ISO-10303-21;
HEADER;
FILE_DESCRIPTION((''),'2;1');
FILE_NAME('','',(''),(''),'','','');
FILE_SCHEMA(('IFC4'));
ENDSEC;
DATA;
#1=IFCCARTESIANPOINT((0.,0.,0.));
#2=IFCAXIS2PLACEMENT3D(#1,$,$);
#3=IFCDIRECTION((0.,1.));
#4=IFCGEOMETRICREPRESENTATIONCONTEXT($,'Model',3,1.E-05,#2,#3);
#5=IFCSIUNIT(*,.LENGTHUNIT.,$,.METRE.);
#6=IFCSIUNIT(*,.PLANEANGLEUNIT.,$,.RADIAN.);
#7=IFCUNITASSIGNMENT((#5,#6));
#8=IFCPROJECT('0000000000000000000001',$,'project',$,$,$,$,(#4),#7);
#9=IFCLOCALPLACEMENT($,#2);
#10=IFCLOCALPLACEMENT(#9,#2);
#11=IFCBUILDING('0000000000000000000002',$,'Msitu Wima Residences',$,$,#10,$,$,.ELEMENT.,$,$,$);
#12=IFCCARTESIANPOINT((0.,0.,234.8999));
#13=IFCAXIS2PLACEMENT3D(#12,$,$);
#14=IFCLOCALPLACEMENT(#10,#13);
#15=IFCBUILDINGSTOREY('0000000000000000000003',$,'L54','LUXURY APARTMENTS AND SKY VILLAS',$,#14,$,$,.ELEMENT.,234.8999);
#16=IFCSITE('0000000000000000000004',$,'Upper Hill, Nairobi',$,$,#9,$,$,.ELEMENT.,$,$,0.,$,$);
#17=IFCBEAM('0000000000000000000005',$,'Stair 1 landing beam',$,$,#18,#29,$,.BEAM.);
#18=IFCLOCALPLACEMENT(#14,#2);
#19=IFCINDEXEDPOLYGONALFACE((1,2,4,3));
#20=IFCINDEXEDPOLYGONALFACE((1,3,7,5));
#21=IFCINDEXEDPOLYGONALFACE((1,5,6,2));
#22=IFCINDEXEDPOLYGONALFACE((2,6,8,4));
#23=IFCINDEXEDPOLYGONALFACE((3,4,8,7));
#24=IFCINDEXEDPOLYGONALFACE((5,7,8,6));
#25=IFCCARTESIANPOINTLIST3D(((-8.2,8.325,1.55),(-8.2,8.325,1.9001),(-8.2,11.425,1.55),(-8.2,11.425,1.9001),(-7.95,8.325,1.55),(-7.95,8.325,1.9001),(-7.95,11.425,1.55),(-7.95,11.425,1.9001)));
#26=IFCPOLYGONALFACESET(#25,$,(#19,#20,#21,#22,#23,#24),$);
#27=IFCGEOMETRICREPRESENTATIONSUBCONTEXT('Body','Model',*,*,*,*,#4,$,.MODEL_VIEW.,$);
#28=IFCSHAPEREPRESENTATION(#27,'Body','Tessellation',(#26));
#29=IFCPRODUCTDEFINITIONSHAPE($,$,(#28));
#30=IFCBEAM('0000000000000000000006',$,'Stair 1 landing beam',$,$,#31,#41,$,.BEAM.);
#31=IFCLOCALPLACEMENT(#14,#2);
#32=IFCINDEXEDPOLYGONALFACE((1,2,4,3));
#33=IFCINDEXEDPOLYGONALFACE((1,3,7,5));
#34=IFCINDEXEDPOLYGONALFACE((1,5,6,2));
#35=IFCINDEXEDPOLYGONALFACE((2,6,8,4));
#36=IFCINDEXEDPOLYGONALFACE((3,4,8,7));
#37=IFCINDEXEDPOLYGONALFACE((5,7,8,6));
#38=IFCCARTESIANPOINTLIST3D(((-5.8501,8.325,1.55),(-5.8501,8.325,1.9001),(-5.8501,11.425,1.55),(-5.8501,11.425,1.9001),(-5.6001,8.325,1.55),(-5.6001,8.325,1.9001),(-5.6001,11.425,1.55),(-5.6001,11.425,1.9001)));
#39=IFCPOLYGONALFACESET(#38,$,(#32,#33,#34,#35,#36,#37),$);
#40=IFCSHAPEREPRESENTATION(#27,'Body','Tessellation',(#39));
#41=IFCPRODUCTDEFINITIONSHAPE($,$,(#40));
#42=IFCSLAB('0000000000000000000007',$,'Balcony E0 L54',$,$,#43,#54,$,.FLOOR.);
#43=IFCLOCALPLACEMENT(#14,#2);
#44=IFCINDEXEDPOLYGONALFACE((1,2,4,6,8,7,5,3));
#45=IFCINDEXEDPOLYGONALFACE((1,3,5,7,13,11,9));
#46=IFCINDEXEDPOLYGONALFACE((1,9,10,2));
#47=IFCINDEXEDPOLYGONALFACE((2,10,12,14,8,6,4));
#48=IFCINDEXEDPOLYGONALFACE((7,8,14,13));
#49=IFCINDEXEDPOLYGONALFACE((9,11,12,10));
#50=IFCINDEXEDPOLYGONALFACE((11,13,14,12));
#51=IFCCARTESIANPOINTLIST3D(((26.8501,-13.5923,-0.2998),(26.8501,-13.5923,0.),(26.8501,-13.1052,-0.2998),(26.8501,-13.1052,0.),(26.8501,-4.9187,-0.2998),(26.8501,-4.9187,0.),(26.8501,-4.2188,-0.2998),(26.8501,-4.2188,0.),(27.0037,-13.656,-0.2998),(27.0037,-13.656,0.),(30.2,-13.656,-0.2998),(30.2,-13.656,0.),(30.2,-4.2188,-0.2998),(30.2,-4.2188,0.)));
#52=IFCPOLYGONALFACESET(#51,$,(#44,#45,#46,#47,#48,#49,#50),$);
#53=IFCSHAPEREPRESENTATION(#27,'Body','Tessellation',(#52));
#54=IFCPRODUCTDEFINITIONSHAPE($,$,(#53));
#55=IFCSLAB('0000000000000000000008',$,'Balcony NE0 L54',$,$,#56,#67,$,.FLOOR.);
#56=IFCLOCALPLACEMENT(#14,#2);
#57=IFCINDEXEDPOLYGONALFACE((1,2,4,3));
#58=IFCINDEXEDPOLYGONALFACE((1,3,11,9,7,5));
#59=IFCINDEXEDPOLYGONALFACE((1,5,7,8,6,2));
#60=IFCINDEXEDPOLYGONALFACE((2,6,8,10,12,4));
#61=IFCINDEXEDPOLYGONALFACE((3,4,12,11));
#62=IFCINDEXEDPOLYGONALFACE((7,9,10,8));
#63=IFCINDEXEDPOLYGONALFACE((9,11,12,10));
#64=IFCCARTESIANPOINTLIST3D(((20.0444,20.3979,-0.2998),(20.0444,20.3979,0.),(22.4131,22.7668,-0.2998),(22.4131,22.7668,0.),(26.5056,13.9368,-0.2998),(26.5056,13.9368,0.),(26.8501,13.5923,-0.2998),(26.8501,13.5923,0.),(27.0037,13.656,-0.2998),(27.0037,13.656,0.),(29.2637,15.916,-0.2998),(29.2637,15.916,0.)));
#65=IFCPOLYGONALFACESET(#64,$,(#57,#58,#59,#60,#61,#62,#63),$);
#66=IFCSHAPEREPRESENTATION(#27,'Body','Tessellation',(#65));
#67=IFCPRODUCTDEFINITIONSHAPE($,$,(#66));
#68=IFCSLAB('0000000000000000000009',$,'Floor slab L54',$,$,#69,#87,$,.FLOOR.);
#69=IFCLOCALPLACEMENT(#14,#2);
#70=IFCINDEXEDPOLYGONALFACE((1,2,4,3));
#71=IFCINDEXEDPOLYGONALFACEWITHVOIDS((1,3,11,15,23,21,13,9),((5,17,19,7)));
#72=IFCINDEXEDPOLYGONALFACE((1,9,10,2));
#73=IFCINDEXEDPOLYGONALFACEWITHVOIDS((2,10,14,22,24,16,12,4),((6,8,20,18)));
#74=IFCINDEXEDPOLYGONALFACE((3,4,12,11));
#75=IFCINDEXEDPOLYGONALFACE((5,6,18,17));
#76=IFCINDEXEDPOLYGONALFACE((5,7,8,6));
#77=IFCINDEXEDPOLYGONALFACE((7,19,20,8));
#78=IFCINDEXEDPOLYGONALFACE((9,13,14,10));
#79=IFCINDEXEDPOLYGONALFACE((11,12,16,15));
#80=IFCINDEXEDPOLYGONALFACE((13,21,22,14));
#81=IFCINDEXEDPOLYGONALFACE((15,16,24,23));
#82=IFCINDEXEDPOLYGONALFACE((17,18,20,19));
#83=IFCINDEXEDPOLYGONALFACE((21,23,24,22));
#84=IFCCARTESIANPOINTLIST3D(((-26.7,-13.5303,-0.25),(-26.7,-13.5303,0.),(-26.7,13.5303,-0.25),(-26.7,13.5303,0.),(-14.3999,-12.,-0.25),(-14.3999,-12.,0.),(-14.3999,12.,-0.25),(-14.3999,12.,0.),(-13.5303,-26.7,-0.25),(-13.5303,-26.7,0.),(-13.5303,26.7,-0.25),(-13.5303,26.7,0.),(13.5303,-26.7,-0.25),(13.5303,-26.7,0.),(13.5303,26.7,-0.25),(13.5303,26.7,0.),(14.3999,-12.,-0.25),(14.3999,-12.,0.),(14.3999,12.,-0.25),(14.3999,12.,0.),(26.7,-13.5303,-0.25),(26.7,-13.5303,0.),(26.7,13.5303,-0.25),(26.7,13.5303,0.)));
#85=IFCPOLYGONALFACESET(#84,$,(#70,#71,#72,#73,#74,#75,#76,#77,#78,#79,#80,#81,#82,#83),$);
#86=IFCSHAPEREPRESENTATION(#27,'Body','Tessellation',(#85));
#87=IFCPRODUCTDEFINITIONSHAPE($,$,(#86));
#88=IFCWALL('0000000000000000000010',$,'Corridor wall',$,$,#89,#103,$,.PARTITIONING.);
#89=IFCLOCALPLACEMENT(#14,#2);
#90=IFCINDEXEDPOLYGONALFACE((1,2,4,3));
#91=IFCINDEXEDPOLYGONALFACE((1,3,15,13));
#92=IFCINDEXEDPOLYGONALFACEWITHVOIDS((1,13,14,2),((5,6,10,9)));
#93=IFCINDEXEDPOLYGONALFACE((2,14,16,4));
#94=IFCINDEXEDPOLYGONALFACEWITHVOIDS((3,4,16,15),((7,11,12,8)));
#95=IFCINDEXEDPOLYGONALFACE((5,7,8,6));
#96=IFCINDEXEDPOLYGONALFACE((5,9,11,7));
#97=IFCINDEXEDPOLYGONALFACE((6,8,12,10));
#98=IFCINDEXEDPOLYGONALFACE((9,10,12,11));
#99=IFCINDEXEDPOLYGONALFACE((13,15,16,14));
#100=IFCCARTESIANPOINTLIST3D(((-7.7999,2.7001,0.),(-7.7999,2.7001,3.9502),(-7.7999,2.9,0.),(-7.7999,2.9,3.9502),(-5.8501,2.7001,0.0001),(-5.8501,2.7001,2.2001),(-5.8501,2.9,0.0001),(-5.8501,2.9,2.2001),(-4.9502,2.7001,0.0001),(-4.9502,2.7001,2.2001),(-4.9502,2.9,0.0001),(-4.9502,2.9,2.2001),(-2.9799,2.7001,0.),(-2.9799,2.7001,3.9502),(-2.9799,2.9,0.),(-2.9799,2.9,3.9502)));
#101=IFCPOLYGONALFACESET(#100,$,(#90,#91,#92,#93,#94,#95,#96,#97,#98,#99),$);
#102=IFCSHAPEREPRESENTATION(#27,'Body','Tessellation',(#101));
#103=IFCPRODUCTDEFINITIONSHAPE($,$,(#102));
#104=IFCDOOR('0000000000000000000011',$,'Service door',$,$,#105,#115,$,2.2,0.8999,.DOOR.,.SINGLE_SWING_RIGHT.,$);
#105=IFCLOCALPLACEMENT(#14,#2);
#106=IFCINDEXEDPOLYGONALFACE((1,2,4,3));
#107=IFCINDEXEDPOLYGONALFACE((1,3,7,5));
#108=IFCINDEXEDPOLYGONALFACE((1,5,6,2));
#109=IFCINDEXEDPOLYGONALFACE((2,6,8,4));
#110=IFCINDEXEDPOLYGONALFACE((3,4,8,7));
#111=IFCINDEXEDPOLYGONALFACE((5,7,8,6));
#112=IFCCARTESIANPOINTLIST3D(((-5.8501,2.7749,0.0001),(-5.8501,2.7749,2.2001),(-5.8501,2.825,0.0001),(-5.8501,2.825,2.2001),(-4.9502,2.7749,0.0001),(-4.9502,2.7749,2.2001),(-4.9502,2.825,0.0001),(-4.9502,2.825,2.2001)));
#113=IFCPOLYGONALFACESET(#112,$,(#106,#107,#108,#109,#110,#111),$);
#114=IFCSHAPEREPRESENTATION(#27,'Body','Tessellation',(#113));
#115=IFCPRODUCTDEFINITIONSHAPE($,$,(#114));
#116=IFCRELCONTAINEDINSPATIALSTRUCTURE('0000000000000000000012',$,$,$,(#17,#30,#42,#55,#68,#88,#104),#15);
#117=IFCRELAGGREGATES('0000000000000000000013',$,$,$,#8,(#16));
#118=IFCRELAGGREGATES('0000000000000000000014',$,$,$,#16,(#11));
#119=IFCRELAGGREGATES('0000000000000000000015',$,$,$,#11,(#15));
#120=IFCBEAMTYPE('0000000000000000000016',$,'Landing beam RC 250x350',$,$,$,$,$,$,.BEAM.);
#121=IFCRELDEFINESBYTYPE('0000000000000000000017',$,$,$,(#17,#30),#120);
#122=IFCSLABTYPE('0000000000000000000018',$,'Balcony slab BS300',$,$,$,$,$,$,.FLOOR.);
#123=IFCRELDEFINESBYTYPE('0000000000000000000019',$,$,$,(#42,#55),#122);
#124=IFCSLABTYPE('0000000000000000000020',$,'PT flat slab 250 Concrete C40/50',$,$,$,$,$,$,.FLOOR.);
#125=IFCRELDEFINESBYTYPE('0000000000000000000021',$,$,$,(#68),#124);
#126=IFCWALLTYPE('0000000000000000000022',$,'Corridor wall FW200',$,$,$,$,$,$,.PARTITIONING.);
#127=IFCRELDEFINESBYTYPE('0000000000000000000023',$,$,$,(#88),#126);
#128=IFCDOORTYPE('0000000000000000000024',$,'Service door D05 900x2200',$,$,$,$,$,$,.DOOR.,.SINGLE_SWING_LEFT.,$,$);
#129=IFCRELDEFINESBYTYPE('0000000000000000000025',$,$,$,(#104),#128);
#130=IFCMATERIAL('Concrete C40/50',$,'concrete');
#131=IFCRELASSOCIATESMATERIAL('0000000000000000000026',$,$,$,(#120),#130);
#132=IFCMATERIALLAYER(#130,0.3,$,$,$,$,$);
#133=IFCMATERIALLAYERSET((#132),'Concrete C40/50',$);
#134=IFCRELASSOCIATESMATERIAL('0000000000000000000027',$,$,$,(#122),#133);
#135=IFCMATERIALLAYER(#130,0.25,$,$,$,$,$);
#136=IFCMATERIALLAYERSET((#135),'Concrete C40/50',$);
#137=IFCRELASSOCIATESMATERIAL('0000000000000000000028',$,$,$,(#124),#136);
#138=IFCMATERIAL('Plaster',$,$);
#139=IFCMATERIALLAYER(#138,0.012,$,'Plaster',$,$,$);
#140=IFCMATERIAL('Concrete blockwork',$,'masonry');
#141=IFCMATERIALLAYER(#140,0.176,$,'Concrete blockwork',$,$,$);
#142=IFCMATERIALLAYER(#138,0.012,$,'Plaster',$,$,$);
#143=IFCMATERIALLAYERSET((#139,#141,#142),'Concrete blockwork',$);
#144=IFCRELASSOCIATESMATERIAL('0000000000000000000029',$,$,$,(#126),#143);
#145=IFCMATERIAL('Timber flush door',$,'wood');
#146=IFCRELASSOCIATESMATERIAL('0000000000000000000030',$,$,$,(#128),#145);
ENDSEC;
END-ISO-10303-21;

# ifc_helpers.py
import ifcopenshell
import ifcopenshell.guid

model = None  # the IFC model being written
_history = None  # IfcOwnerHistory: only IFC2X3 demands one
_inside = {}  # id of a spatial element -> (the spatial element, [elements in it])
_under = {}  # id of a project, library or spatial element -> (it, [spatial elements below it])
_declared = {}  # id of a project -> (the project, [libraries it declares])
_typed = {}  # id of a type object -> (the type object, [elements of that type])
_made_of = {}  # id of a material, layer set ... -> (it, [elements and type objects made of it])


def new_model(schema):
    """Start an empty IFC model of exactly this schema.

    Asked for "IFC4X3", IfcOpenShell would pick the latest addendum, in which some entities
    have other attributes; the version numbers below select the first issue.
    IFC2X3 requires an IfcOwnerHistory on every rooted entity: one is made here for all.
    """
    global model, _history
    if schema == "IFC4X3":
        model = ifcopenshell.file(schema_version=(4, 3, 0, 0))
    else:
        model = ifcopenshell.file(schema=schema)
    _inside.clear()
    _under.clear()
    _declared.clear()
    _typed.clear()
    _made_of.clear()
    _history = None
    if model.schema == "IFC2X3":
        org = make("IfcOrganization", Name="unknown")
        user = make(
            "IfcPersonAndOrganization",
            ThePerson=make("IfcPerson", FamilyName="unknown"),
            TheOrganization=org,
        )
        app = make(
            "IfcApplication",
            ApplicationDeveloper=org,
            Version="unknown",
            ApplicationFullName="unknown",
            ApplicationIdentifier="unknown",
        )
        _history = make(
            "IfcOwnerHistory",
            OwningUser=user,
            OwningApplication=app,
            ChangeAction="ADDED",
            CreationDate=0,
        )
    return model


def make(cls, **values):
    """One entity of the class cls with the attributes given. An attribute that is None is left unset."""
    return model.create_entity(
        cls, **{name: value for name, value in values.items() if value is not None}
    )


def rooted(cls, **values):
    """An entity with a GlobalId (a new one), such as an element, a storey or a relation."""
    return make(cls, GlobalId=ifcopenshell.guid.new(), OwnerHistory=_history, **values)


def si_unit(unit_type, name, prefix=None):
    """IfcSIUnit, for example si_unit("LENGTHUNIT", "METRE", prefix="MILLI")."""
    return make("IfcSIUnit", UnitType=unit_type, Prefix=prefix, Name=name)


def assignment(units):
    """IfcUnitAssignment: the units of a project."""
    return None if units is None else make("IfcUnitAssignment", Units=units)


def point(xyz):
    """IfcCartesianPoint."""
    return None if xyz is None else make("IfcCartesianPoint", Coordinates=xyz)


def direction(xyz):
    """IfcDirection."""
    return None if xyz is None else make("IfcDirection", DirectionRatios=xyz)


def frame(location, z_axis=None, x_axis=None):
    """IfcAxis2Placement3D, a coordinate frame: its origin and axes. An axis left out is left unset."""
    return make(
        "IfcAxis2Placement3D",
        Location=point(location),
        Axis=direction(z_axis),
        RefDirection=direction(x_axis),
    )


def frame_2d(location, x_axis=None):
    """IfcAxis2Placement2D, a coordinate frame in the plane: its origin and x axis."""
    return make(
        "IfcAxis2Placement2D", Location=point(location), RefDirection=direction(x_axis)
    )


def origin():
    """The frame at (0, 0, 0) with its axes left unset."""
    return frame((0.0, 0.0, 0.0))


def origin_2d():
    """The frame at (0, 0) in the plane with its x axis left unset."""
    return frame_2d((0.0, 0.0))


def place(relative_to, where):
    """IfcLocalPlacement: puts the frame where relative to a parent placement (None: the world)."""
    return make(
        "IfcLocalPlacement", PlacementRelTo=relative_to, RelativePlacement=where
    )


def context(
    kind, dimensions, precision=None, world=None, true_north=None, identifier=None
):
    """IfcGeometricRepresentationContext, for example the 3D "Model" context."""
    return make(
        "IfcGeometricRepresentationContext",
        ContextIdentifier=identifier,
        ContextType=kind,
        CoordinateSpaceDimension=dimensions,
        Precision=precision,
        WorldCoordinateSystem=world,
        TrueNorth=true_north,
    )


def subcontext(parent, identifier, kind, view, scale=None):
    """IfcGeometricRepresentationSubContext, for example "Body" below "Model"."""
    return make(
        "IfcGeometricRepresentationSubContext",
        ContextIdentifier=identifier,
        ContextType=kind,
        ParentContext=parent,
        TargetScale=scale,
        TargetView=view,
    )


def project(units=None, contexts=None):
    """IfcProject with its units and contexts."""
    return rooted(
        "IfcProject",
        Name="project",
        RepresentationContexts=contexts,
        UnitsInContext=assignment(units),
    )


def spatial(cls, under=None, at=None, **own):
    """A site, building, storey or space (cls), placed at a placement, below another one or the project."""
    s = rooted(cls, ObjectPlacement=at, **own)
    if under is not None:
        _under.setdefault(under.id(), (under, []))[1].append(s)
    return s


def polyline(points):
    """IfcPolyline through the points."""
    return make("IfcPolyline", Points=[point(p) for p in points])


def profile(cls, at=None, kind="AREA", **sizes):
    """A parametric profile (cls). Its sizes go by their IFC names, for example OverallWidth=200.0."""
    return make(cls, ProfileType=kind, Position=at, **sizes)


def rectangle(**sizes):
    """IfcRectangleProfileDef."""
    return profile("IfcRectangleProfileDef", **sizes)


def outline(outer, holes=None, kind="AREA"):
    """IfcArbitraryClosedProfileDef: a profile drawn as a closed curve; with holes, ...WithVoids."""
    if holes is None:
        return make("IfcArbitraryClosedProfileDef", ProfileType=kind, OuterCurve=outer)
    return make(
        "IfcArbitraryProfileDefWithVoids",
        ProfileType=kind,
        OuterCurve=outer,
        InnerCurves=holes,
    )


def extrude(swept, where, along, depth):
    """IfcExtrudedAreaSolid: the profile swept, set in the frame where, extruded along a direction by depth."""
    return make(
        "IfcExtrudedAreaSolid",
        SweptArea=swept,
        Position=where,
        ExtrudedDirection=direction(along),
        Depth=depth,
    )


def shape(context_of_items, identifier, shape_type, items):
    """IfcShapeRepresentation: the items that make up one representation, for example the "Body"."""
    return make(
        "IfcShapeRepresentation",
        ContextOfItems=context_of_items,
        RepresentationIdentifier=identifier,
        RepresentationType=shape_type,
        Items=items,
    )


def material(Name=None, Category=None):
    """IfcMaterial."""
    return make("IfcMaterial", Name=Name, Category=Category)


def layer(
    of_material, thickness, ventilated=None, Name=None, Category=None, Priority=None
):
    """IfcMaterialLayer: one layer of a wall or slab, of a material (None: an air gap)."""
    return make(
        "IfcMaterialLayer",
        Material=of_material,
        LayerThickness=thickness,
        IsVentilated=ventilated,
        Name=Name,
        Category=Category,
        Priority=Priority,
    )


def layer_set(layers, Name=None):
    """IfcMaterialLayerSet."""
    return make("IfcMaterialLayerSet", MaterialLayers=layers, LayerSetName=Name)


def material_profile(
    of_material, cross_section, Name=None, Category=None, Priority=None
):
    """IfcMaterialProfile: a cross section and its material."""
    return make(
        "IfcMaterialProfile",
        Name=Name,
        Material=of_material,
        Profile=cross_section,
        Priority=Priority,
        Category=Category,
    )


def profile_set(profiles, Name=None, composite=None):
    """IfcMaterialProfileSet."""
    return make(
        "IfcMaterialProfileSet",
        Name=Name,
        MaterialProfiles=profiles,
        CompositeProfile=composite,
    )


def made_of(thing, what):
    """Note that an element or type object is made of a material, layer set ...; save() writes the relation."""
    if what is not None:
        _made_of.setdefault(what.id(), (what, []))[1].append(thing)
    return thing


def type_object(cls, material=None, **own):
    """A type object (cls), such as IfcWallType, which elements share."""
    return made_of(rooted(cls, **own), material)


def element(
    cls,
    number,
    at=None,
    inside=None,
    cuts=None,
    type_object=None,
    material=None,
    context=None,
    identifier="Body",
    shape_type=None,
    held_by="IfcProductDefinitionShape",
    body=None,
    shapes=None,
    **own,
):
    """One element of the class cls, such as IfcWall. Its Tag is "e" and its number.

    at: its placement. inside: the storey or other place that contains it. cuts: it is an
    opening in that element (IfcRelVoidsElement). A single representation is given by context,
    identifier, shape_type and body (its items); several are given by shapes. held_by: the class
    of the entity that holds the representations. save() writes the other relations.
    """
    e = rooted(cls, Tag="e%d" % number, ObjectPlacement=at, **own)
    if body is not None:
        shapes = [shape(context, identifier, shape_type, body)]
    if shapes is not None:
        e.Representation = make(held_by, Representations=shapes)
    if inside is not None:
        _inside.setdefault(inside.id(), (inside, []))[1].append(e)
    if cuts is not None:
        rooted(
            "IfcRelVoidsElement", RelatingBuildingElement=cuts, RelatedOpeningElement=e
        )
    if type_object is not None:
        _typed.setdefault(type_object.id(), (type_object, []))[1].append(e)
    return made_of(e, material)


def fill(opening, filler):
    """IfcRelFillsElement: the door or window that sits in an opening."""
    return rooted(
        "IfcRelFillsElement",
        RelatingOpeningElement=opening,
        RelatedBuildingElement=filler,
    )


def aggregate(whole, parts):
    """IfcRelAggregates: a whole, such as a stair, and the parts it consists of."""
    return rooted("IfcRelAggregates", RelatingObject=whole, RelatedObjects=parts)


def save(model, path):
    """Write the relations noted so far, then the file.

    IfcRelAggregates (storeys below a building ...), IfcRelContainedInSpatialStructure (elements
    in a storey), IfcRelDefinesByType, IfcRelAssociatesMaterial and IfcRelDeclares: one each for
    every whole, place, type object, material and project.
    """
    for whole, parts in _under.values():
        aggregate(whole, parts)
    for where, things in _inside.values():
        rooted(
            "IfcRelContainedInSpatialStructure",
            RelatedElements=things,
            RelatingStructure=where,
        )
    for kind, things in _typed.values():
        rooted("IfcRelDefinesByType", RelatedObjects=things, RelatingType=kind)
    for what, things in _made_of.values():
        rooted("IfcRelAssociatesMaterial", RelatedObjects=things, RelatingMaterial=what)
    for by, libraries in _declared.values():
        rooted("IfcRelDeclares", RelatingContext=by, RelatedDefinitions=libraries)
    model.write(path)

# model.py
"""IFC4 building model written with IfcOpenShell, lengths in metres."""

from ifc_helpers import new_model, si_unit, direction, frame, frame_2d, origin, origin_2d, place, context, subcontext, project, spatial, polyline, rectangle, outline, extrude, material, layer, layer_set, material_profile, profile_set, type_object, element, fill, save


model = new_model("IFC4")

# Units and contexts
model_context = context("Model", 3, precision=1e-05, world=origin(), true_north=direction((0.0, 1.0)))
body_context = subcontext(model_context, "Body", "Model", "MODEL_VIEW")
ifc_project = project(units=[si_unit("LENGTHUNIT", "METRE"), si_unit("PLANEANGLEUNIT", "RADIAN")], contexts=[model_context])

# Site, building, storey
site_placement = place(None, origin())
site = spatial("IfcSite", under=ifc_project, at=site_placement, Name="Upper Hill, Nairobi", CompositionType="ELEMENT", RefElevation=0.0)
building_placement = place(site_placement, origin())
building = spatial("IfcBuilding", under=site, at=building_placement, Name="Msitu Wima Residences", CompositionType="ELEMENT")
storey_placement = place(building_placement, frame((0.0, 0.0, 234.8999)))
storey = spatial("IfcBuildingStorey", under=building, at=storey_placement, Name="L54", Description="LUXURY APARTMENTS AND SKY VILLAS", CompositionType="ELEMENT", Elevation=234.8999)

# Beams
ifc_material_1 = material(Name="Concrete C40/50", Category="concrete")
ifc_material_profile = material_profile(ifc_material_1, rectangle(XDim=0.25, YDim=0.3501, at=origin_2d()), Name="RC 250x350")
ifc_profile_set = profile_set([ifc_material_profile], Name="Concrete C40/50")
beam_type = type_object("IfcBeamType", Name="Landing beam RC 250x350", PredefinedType="BEAM", material=ifc_profile_set)
for number, where, z_axis, x_axis, name in (
    (1, (-8.075, 8.325, 1.7251), (0.0, 1.0, 0.0), (-1.0, 0.0, 0.0), "Stair 1 landing beam"),
    (2, (-5.7251, 8.325, 1.7251), (0.0, 1.0, 0.0), (-1.0, 0.0, 0.0), "Stair 1 landing beam"),
):
    element("IfcBeam", number, at=place(storey_placement, frame(where, z_axis=z_axis, x_axis=x_axis)), inside=storey, type_object=beam_type, Name=name, PredefinedType="BEAM", context=body_context, shape_type="SweptSolid", body=[
        extrude(rectangle(XDim=0.25, YDim=0.3501, at=origin_2d()), origin(), (0.0, 0.0, 1.0), 3.1001),
    ])

# Slabs
ifc_layer_1 = layer(ifc_material_1, 0.3)
ifc_layer_set_1 = layer_set([ifc_layer_1], Name="Concrete C40/50")
slab_type_1 = type_object("IfcSlabType", Name="Balcony slab BS300", PredefinedType="FLOOR", material=ifc_layer_set_1)
slab_1_placement = place(storey_placement, frame((0.0, 0.0, -0.2998)))
element("IfcSlab", 3, at=slab_1_placement, inside=storey, type_object=slab_type_1, Name="Balcony E0 L54", PredefinedType="FLOOR", context=body_context, shape_type="SweptSolid", body=[
    extrude(outline(polyline([(26.8501, -13.1052), (26.8501, -13.1052), (26.8501, -4.9187), (26.8501, -4.2188), (30.2, -4.2188), (30.2, -13.656), (27.0037, -13.656), (26.8501, -13.5923), (26.8501, -13.1052), (26.8501, -13.1052)])), origin(), (0.0, 0.0, 1.0), 0.2998),
])
slab_2_placement = place(storey_placement, frame((0.0, 0.0, -0.2998)))
element("IfcSlab", 4, at=slab_2_placement, inside=storey, type_object=slab_type_1, Name="Balcony NE0 L54", PredefinedType="FLOOR", context=body_context, shape_type="SweptSolid", body=[
    extrude(outline(polyline([(26.5056, 13.9368), (26.5056, 13.9368), (20.0444, 20.3979), (22.4131, 22.7668), (29.2637, 15.916), (27.0037, 13.656), (26.8501, 13.5923), (26.5056, 13.9368), (26.5056, 13.9368)])), origin(), (0.0, 0.0, 1.0), 0.2998),
])
ifc_layer_2 = layer(ifc_material_1, 0.25)
ifc_layer_set_2 = layer_set([ifc_layer_2], Name="Concrete C40/50")
slab_type_2 = type_object("IfcSlabType", Name="PT flat slab 250 Concrete C40/50", PredefinedType="FLOOR", material=ifc_layer_set_2)
slab_3_placement = place(storey_placement, frame((0.0, 0.0, -0.25)))
element("IfcSlab", 5, at=slab_3_placement, inside=storey, type_object=slab_type_2, Name="Floor slab L54", PredefinedType="FLOOR", context=body_context, shape_type="SweptSolid", body=[
    extrude(outline(polyline([(26.7, -13.5303), (13.5303, -26.7), (-13.5303, -26.7), (-26.7, -13.5303), (-26.7, 13.5303), (-13.5303, 26.7), (13.5303, 26.7), (26.7, 13.5303), (26.7, -13.5303)]), holes=[polyline([(-14.3999, -12.0), (14.3999, -12.0), (14.3999, 12.0), (-14.3999, 12.0), (-14.3999, -12.0)])]), origin(), (0.0, 0.0, 1.0), 0.25),
])

# Wall, opening, door
ifc_material_2 = material(Name="Plaster")
ifc_layer_3 = layer(ifc_material_2, 0.012, Name="Plaster")
ifc_material_3 = material(Name="Concrete blockwork", Category="masonry")
ifc_layer_4 = layer(ifc_material_3, 0.176, Name="Concrete blockwork")
ifc_layer_5 = layer(ifc_material_2, 0.012, Name="Plaster")
ifc_layer_set_3 = layer_set([ifc_layer_3, ifc_layer_4, ifc_layer_5], Name="Concrete blockwork")
wall_type_1 = type_object("IfcWallType", Name="Corridor wall FW200", PredefinedType="PARTITIONING", material=ifc_layer_set_3)
wall_1_placement = place(storey_placement, frame((-7.8, 2.8, 0.0), z_axis=(0.0, 0.0, 1.0), x_axis=(1.0, 0.0, 0.0)))
wall_1 = element("IfcWall", 6, at=wall_1_placement, inside=storey, type_object=wall_type_1, Name="Corridor wall", PredefinedType="PARTITIONING", context=body_context, shape_type="SweptSolid", body=[
    extrude(rectangle(XDim=4.8201, YDim=0.2, at=frame_2d((2.4102, 0.0))), origin(), (0.0, 0.0, 1.0), 3.9502),
])
opening_1_placement = place(wall_1_placement, frame((1.95, 0.0, 0.0)))
opening_1 = element("IfcOpeningElement", 7, at=opening_1_placement, cuts=wall_1, PredefinedType="OPENING", context=body_context, shape_type="SweptSolid", body=[
    extrude(rectangle(XDim=0.8999, YDim=2.2, at=frame_2d((0.45, 1.1001))), frame((0.0, 0.1099, 0.0), z_axis=(0.0, -1.0, 0.0), x_axis=(1.0, 0.0, 0.0)), (0.0, 0.0, 1.0), 0.22),
])
ifc_material_4 = material(Name="Timber flush door", Category="wood")
door_type_1 = type_object("IfcDoorType", Name="Service door D05 900x2200", OperationType="SINGLE_SWING_LEFT", PredefinedType="DOOR", material=ifc_material_4)
door_1_placement = place(opening_1_placement, origin())
door_1 = element("IfcDoor", 8, at=door_1_placement, inside=storey, type_object=door_type_1, Name="Service door", OperationType="SINGLE_SWING_RIGHT", OverallHeight=2.2, OverallWidth=0.8999, PredefinedType="DOOR", context=body_context, shape_type="SweptSolid", body=[
    extrude(rectangle(XDim=0.8999, YDim=2.2, at=frame_2d((0.45, 1.1001))), frame((0.0, 0.0249, 0.0), z_axis=(0.0, -1.0, 0.0), x_axis=(1.0, 0.0, 0.0)), (0.0, 0.0, 1.0), 0.05),
])
fill(opening_1, door_1)

save(model, "model.ifc")
